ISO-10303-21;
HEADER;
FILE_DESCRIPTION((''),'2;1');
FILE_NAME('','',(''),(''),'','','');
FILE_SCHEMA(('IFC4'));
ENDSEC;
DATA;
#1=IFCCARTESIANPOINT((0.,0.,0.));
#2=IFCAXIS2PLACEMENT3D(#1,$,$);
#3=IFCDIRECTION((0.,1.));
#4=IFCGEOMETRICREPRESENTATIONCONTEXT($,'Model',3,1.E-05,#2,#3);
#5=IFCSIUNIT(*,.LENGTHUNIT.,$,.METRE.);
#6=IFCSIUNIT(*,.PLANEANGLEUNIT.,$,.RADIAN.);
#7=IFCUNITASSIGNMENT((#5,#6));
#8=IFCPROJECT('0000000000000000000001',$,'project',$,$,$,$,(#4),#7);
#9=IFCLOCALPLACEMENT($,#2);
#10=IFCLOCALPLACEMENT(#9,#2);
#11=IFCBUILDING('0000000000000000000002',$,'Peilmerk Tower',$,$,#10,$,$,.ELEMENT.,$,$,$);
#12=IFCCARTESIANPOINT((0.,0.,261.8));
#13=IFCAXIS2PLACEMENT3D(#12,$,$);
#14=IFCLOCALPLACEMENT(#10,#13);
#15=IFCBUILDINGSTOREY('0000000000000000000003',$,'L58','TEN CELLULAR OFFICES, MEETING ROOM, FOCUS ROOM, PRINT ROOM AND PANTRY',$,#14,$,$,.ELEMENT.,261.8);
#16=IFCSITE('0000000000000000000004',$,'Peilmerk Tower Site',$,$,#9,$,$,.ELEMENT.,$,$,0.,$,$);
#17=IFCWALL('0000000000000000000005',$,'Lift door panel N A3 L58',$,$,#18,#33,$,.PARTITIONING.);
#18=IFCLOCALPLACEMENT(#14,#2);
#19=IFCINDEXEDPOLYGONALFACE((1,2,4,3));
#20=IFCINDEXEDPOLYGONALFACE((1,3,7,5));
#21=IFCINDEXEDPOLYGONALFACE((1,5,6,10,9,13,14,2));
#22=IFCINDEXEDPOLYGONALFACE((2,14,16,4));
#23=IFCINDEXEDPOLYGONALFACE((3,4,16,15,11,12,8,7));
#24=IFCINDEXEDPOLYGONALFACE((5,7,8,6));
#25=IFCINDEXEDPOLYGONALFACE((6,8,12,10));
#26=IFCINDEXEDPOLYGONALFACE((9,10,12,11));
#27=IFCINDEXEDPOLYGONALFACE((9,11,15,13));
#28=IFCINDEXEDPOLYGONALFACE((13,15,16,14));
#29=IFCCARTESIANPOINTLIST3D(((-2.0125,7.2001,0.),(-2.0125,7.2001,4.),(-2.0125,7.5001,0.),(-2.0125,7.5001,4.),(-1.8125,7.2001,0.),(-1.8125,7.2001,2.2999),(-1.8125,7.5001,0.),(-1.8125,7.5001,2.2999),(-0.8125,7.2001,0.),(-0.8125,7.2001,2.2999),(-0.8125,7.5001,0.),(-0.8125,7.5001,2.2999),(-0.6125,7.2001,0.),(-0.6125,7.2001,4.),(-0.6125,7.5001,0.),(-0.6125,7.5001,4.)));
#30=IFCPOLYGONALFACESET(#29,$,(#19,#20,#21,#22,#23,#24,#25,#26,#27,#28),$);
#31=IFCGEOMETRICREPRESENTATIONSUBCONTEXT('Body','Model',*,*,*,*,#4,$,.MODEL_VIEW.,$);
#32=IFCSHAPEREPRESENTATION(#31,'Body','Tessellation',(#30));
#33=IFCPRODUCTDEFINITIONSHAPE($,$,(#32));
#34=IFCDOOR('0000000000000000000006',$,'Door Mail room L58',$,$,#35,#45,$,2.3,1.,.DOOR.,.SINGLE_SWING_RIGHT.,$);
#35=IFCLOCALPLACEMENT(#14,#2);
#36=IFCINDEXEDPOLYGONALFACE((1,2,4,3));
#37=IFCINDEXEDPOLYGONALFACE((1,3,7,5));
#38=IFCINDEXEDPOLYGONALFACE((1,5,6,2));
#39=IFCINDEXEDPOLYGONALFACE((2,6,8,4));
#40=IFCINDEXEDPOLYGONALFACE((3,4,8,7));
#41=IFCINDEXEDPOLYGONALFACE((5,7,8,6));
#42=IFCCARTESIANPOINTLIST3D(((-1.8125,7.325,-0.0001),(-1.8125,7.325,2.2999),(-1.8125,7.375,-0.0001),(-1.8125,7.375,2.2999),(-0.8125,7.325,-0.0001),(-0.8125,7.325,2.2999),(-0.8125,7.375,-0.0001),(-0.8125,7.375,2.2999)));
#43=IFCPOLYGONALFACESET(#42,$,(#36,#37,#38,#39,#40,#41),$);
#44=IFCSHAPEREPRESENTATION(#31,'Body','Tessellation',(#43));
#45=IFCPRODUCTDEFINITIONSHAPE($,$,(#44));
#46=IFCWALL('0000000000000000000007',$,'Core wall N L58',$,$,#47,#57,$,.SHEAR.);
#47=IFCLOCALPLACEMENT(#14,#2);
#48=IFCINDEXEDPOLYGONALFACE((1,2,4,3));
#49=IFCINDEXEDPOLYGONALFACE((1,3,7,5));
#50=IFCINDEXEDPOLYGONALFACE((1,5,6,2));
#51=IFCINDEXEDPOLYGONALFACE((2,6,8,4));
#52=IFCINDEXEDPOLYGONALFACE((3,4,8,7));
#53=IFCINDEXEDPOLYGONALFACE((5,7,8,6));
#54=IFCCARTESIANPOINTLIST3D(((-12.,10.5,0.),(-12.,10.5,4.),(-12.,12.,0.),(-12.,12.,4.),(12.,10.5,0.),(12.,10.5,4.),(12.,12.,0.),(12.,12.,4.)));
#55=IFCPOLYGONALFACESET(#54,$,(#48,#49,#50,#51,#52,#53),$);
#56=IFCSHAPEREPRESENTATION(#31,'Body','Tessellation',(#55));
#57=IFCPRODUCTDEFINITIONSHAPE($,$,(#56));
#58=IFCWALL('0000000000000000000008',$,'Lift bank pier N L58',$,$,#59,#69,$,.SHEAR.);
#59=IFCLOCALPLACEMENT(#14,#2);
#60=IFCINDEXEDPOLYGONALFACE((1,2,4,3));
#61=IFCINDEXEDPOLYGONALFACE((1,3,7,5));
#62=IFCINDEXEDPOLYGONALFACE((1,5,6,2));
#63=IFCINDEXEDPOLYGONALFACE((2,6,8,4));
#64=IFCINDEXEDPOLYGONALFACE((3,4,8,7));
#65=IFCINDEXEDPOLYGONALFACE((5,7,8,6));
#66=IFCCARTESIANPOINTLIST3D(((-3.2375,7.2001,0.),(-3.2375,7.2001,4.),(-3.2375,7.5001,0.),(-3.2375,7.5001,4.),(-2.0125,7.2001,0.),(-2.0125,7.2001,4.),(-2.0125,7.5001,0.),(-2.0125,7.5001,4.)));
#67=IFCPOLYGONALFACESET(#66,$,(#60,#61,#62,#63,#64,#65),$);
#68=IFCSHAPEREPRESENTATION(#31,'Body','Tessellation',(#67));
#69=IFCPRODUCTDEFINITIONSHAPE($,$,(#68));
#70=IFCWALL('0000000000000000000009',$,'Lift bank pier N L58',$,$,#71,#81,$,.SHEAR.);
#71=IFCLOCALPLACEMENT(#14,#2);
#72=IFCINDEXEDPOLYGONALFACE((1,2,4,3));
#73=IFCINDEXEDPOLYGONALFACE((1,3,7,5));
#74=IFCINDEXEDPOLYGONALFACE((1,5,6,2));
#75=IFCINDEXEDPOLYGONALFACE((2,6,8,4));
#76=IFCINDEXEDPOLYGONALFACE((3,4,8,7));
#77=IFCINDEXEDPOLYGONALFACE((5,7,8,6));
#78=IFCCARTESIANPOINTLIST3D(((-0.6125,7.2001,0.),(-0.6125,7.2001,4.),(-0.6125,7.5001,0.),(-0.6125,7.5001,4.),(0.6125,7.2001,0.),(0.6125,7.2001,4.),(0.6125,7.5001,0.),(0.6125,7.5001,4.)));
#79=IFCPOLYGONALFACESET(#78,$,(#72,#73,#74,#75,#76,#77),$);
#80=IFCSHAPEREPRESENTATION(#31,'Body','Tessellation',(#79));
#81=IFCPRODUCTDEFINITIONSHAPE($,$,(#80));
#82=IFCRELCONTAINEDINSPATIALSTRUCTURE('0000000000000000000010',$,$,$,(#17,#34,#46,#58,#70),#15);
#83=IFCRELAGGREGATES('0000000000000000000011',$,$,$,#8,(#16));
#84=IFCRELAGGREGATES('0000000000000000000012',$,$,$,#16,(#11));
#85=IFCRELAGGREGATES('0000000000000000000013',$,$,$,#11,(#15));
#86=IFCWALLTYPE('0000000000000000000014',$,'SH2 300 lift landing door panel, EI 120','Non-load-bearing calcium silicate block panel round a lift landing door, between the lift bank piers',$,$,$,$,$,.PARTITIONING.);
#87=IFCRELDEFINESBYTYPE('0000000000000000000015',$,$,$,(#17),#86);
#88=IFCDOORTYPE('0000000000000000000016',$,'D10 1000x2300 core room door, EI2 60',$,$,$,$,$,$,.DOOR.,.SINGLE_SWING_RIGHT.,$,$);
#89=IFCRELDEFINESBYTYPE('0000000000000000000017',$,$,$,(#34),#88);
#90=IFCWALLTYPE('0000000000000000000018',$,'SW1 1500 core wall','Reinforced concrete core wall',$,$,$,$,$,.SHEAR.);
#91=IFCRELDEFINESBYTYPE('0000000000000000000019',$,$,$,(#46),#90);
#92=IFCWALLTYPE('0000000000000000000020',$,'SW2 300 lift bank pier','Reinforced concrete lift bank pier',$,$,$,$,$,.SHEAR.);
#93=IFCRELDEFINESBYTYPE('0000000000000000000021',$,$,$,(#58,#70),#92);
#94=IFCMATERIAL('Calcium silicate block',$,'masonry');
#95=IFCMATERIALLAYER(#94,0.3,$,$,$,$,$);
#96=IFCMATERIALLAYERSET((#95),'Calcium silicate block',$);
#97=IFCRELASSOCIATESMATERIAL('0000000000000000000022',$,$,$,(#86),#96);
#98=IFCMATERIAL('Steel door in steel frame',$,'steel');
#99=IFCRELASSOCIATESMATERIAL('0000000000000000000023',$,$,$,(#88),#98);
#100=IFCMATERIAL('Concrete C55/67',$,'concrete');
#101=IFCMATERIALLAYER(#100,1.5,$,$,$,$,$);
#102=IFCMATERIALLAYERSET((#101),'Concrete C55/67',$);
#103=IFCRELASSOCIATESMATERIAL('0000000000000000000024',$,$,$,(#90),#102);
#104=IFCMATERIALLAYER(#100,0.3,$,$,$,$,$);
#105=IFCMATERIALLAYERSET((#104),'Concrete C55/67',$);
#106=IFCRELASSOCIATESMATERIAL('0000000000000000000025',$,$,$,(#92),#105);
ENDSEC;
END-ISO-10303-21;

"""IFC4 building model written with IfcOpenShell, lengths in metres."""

from ifc_helpers import new_model, si_unit, direction, frame, frame_2d, origin, place, context, subcontext, project, spatial, rectangle, extrude, material, layer, layer_set, type_object, element, fill, save


model = new_model("IFC4")

# Units and contexts
model_context = context("Model", 3, precision=1e-05, world=origin(), true_north=direction((0.0, 1.0)))
body_context = subcontext(model_context, "Body", "Model", "MODEL_VIEW")
ifc_project = project(units=[si_unit("LENGTHUNIT", "METRE"), si_unit("PLANEANGLEUNIT", "RADIAN")], contexts=[model_context])

# Site, building, storey
site_placement = place(None, origin())
site = spatial("IfcSite", under=ifc_project, at=site_placement, Name="Peilmerk Tower Site", CompositionType="ELEMENT", RefElevation=0.0)
building_placement = place(site_placement, origin())
building = spatial("IfcBuilding", under=site, at=building_placement, Name="Peilmerk Tower", CompositionType="ELEMENT")
storey_placement = place(building_placement, frame((0.0, 0.0, 261.8)))
storey = spatial("IfcBuildingStorey", under=building, at=storey_placement, Name="L58", Description="TEN CELLULAR OFFICES, MEETING ROOM, FOCUS ROOM, PRINT ROOM AND PANTRY", CompositionType="ELEMENT", Elevation=261.8)

# Shared definitions
ifc_material_1 = material(Name="Calcium silicate block", Category="masonry")

# Wall, opening, door
ifc_layer_1 = layer(ifc_material_1, 0.3)
ifc_layer_set_1 = layer_set([ifc_layer_1], Name="Calcium silicate block")
wall_type_1 = type_object("IfcWallType", Name="SH2 300 lift landing door panel, EI 120", Description="Non-load-bearing calcium silicate block panel round a lift landing door, between the lift bank piers", PredefinedType="PARTITIONING", material=ifc_layer_set_1)
wall_1_placement = place(storey_placement, frame((-2.0125, 7.3501, 0.0), z_axis=(0.0, 0.0, 1.0), x_axis=(1.0, 0.0, 0.0)))
wall_1 = element("IfcWall", 1, at=wall_1_placement, inside=storey, type_object=wall_type_1, Name="Lift door panel N A3 L58", PredefinedType="PARTITIONING", context=body_context, shape_type="SweptSolid", body=[
    extrude(rectangle(XDim=1.3999, YDim=0.3, at=frame_2d((0.7, 0.0))), origin(), (0.0, 0.0, 1.0), 4.0),
])
opening_1_placement = place(wall_1_placement, frame((0.2, 0.0, 0.0)))
opening_1 = element("IfcOpeningElement", 2, at=opening_1_placement, cuts=wall_1, PredefinedType="OPENING", context=body_context, shape_type="SweptSolid", body=[
    extrude(rectangle(XDim=1.0, YDim=2.3, at=frame_2d((0.5, 1.1499))), frame((0.0, 0.1599, 0.0), z_axis=(0.0, -1.0, 0.0), x_axis=(1.0, 0.0, 0.0)), (0.0, 0.0, 1.0), 0.3201),
])
ifc_material_2 = material(Name="Steel door in steel frame", Category="steel")
door_type_1 = type_object("IfcDoorType", Name="D10 1000x2300 core room door, EI2 60", OperationType="SINGLE_SWING_RIGHT", PredefinedType="DOOR", material=ifc_material_2)
door_1_placement = place(opening_1_placement, origin())
door_1 = element("IfcDoor", 3, at=door_1_placement, inside=storey, type_object=door_type_1, Name="Door Mail room L58", OperationType="SINGLE_SWING_RIGHT", OverallHeight=2.3, OverallWidth=1.0, PredefinedType="DOOR", context=body_context, shape_type="SweptSolid", body=[
    extrude(rectangle(XDim=1.0, YDim=2.3, at=frame_2d((0.5, 1.1499))), frame((0.0, 0.0249, 0.0), z_axis=(0.0, -1.0, 0.0), x_axis=(1.0, 0.0, 0.0)), (0.0, 0.0, 1.0), 0.05),
])
fill(opening_1, door_1)

# Walls
ifc_material_3 = material(Name="Concrete C55/67", Category="concrete")
ifc_layer_2 = layer(ifc_material_3, 1.5)
ifc_layer_set_2 = layer_set([ifc_layer_2], Name="Concrete C55/67")
wall_type_2 = type_object("IfcWallType", Name="SW1 1500 core wall", Description="Reinforced concrete core wall", PredefinedType="SHEAR", material=ifc_layer_set_2)
wall_2_placement = place(storey_placement, frame((-12.0, 11.25, 0.0), z_axis=(0.0, 0.0, 1.0), x_axis=(1.0, 0.0, 0.0)))
element("IfcWall", 4, at=wall_2_placement, inside=storey, type_object=wall_type_2, Name="Core wall N L58", PredefinedType="SHEAR", context=body_context, shape_type="SweptSolid", body=[
    extrude(rectangle(XDim=24.0, YDim=1.5, at=frame_2d((12.0, 0.0))), origin(), (0.0, 0.0, 1.0), 4.0),
])
ifc_layer_3 = layer(ifc_material_3, 0.3)
ifc_layer_set_3 = layer_set([ifc_layer_3], Name="Concrete C55/67")
wall_type_3 = type_object("IfcWallType", Name="SW2 300 lift bank pier", Description="Reinforced concrete lift bank pier", PredefinedType="SHEAR", material=ifc_layer_set_3)
for number, where, z_axis, x_axis, name in (
    (5, (-3.2375, 7.3501, 0.0), (0.0, 0.0, 1.0), (1.0, 0.0, 0.0), "Lift bank pier N L58"),
    (6, (-0.6125, 7.3501, 0.0), (0.0, 0.0, 1.0), (1.0, 0.0, 0.0), "Lift bank pier N L58"),
):
    element("IfcWall", number, at=place(storey_placement, frame(where, z_axis=z_axis, x_axis=x_axis)), inside=storey, type_object=wall_type_3, Name=name, PredefinedType="SHEAR", context=body_context, shape_type="SweptSolid", body=[
        extrude(rectangle(XDim=1.2251, YDim=0.3, at=frame_2d((0.6125, 0.0))), origin(), (0.0, 0.0, 1.0), 4.0),
    ])

save(model, "model.ifc")
